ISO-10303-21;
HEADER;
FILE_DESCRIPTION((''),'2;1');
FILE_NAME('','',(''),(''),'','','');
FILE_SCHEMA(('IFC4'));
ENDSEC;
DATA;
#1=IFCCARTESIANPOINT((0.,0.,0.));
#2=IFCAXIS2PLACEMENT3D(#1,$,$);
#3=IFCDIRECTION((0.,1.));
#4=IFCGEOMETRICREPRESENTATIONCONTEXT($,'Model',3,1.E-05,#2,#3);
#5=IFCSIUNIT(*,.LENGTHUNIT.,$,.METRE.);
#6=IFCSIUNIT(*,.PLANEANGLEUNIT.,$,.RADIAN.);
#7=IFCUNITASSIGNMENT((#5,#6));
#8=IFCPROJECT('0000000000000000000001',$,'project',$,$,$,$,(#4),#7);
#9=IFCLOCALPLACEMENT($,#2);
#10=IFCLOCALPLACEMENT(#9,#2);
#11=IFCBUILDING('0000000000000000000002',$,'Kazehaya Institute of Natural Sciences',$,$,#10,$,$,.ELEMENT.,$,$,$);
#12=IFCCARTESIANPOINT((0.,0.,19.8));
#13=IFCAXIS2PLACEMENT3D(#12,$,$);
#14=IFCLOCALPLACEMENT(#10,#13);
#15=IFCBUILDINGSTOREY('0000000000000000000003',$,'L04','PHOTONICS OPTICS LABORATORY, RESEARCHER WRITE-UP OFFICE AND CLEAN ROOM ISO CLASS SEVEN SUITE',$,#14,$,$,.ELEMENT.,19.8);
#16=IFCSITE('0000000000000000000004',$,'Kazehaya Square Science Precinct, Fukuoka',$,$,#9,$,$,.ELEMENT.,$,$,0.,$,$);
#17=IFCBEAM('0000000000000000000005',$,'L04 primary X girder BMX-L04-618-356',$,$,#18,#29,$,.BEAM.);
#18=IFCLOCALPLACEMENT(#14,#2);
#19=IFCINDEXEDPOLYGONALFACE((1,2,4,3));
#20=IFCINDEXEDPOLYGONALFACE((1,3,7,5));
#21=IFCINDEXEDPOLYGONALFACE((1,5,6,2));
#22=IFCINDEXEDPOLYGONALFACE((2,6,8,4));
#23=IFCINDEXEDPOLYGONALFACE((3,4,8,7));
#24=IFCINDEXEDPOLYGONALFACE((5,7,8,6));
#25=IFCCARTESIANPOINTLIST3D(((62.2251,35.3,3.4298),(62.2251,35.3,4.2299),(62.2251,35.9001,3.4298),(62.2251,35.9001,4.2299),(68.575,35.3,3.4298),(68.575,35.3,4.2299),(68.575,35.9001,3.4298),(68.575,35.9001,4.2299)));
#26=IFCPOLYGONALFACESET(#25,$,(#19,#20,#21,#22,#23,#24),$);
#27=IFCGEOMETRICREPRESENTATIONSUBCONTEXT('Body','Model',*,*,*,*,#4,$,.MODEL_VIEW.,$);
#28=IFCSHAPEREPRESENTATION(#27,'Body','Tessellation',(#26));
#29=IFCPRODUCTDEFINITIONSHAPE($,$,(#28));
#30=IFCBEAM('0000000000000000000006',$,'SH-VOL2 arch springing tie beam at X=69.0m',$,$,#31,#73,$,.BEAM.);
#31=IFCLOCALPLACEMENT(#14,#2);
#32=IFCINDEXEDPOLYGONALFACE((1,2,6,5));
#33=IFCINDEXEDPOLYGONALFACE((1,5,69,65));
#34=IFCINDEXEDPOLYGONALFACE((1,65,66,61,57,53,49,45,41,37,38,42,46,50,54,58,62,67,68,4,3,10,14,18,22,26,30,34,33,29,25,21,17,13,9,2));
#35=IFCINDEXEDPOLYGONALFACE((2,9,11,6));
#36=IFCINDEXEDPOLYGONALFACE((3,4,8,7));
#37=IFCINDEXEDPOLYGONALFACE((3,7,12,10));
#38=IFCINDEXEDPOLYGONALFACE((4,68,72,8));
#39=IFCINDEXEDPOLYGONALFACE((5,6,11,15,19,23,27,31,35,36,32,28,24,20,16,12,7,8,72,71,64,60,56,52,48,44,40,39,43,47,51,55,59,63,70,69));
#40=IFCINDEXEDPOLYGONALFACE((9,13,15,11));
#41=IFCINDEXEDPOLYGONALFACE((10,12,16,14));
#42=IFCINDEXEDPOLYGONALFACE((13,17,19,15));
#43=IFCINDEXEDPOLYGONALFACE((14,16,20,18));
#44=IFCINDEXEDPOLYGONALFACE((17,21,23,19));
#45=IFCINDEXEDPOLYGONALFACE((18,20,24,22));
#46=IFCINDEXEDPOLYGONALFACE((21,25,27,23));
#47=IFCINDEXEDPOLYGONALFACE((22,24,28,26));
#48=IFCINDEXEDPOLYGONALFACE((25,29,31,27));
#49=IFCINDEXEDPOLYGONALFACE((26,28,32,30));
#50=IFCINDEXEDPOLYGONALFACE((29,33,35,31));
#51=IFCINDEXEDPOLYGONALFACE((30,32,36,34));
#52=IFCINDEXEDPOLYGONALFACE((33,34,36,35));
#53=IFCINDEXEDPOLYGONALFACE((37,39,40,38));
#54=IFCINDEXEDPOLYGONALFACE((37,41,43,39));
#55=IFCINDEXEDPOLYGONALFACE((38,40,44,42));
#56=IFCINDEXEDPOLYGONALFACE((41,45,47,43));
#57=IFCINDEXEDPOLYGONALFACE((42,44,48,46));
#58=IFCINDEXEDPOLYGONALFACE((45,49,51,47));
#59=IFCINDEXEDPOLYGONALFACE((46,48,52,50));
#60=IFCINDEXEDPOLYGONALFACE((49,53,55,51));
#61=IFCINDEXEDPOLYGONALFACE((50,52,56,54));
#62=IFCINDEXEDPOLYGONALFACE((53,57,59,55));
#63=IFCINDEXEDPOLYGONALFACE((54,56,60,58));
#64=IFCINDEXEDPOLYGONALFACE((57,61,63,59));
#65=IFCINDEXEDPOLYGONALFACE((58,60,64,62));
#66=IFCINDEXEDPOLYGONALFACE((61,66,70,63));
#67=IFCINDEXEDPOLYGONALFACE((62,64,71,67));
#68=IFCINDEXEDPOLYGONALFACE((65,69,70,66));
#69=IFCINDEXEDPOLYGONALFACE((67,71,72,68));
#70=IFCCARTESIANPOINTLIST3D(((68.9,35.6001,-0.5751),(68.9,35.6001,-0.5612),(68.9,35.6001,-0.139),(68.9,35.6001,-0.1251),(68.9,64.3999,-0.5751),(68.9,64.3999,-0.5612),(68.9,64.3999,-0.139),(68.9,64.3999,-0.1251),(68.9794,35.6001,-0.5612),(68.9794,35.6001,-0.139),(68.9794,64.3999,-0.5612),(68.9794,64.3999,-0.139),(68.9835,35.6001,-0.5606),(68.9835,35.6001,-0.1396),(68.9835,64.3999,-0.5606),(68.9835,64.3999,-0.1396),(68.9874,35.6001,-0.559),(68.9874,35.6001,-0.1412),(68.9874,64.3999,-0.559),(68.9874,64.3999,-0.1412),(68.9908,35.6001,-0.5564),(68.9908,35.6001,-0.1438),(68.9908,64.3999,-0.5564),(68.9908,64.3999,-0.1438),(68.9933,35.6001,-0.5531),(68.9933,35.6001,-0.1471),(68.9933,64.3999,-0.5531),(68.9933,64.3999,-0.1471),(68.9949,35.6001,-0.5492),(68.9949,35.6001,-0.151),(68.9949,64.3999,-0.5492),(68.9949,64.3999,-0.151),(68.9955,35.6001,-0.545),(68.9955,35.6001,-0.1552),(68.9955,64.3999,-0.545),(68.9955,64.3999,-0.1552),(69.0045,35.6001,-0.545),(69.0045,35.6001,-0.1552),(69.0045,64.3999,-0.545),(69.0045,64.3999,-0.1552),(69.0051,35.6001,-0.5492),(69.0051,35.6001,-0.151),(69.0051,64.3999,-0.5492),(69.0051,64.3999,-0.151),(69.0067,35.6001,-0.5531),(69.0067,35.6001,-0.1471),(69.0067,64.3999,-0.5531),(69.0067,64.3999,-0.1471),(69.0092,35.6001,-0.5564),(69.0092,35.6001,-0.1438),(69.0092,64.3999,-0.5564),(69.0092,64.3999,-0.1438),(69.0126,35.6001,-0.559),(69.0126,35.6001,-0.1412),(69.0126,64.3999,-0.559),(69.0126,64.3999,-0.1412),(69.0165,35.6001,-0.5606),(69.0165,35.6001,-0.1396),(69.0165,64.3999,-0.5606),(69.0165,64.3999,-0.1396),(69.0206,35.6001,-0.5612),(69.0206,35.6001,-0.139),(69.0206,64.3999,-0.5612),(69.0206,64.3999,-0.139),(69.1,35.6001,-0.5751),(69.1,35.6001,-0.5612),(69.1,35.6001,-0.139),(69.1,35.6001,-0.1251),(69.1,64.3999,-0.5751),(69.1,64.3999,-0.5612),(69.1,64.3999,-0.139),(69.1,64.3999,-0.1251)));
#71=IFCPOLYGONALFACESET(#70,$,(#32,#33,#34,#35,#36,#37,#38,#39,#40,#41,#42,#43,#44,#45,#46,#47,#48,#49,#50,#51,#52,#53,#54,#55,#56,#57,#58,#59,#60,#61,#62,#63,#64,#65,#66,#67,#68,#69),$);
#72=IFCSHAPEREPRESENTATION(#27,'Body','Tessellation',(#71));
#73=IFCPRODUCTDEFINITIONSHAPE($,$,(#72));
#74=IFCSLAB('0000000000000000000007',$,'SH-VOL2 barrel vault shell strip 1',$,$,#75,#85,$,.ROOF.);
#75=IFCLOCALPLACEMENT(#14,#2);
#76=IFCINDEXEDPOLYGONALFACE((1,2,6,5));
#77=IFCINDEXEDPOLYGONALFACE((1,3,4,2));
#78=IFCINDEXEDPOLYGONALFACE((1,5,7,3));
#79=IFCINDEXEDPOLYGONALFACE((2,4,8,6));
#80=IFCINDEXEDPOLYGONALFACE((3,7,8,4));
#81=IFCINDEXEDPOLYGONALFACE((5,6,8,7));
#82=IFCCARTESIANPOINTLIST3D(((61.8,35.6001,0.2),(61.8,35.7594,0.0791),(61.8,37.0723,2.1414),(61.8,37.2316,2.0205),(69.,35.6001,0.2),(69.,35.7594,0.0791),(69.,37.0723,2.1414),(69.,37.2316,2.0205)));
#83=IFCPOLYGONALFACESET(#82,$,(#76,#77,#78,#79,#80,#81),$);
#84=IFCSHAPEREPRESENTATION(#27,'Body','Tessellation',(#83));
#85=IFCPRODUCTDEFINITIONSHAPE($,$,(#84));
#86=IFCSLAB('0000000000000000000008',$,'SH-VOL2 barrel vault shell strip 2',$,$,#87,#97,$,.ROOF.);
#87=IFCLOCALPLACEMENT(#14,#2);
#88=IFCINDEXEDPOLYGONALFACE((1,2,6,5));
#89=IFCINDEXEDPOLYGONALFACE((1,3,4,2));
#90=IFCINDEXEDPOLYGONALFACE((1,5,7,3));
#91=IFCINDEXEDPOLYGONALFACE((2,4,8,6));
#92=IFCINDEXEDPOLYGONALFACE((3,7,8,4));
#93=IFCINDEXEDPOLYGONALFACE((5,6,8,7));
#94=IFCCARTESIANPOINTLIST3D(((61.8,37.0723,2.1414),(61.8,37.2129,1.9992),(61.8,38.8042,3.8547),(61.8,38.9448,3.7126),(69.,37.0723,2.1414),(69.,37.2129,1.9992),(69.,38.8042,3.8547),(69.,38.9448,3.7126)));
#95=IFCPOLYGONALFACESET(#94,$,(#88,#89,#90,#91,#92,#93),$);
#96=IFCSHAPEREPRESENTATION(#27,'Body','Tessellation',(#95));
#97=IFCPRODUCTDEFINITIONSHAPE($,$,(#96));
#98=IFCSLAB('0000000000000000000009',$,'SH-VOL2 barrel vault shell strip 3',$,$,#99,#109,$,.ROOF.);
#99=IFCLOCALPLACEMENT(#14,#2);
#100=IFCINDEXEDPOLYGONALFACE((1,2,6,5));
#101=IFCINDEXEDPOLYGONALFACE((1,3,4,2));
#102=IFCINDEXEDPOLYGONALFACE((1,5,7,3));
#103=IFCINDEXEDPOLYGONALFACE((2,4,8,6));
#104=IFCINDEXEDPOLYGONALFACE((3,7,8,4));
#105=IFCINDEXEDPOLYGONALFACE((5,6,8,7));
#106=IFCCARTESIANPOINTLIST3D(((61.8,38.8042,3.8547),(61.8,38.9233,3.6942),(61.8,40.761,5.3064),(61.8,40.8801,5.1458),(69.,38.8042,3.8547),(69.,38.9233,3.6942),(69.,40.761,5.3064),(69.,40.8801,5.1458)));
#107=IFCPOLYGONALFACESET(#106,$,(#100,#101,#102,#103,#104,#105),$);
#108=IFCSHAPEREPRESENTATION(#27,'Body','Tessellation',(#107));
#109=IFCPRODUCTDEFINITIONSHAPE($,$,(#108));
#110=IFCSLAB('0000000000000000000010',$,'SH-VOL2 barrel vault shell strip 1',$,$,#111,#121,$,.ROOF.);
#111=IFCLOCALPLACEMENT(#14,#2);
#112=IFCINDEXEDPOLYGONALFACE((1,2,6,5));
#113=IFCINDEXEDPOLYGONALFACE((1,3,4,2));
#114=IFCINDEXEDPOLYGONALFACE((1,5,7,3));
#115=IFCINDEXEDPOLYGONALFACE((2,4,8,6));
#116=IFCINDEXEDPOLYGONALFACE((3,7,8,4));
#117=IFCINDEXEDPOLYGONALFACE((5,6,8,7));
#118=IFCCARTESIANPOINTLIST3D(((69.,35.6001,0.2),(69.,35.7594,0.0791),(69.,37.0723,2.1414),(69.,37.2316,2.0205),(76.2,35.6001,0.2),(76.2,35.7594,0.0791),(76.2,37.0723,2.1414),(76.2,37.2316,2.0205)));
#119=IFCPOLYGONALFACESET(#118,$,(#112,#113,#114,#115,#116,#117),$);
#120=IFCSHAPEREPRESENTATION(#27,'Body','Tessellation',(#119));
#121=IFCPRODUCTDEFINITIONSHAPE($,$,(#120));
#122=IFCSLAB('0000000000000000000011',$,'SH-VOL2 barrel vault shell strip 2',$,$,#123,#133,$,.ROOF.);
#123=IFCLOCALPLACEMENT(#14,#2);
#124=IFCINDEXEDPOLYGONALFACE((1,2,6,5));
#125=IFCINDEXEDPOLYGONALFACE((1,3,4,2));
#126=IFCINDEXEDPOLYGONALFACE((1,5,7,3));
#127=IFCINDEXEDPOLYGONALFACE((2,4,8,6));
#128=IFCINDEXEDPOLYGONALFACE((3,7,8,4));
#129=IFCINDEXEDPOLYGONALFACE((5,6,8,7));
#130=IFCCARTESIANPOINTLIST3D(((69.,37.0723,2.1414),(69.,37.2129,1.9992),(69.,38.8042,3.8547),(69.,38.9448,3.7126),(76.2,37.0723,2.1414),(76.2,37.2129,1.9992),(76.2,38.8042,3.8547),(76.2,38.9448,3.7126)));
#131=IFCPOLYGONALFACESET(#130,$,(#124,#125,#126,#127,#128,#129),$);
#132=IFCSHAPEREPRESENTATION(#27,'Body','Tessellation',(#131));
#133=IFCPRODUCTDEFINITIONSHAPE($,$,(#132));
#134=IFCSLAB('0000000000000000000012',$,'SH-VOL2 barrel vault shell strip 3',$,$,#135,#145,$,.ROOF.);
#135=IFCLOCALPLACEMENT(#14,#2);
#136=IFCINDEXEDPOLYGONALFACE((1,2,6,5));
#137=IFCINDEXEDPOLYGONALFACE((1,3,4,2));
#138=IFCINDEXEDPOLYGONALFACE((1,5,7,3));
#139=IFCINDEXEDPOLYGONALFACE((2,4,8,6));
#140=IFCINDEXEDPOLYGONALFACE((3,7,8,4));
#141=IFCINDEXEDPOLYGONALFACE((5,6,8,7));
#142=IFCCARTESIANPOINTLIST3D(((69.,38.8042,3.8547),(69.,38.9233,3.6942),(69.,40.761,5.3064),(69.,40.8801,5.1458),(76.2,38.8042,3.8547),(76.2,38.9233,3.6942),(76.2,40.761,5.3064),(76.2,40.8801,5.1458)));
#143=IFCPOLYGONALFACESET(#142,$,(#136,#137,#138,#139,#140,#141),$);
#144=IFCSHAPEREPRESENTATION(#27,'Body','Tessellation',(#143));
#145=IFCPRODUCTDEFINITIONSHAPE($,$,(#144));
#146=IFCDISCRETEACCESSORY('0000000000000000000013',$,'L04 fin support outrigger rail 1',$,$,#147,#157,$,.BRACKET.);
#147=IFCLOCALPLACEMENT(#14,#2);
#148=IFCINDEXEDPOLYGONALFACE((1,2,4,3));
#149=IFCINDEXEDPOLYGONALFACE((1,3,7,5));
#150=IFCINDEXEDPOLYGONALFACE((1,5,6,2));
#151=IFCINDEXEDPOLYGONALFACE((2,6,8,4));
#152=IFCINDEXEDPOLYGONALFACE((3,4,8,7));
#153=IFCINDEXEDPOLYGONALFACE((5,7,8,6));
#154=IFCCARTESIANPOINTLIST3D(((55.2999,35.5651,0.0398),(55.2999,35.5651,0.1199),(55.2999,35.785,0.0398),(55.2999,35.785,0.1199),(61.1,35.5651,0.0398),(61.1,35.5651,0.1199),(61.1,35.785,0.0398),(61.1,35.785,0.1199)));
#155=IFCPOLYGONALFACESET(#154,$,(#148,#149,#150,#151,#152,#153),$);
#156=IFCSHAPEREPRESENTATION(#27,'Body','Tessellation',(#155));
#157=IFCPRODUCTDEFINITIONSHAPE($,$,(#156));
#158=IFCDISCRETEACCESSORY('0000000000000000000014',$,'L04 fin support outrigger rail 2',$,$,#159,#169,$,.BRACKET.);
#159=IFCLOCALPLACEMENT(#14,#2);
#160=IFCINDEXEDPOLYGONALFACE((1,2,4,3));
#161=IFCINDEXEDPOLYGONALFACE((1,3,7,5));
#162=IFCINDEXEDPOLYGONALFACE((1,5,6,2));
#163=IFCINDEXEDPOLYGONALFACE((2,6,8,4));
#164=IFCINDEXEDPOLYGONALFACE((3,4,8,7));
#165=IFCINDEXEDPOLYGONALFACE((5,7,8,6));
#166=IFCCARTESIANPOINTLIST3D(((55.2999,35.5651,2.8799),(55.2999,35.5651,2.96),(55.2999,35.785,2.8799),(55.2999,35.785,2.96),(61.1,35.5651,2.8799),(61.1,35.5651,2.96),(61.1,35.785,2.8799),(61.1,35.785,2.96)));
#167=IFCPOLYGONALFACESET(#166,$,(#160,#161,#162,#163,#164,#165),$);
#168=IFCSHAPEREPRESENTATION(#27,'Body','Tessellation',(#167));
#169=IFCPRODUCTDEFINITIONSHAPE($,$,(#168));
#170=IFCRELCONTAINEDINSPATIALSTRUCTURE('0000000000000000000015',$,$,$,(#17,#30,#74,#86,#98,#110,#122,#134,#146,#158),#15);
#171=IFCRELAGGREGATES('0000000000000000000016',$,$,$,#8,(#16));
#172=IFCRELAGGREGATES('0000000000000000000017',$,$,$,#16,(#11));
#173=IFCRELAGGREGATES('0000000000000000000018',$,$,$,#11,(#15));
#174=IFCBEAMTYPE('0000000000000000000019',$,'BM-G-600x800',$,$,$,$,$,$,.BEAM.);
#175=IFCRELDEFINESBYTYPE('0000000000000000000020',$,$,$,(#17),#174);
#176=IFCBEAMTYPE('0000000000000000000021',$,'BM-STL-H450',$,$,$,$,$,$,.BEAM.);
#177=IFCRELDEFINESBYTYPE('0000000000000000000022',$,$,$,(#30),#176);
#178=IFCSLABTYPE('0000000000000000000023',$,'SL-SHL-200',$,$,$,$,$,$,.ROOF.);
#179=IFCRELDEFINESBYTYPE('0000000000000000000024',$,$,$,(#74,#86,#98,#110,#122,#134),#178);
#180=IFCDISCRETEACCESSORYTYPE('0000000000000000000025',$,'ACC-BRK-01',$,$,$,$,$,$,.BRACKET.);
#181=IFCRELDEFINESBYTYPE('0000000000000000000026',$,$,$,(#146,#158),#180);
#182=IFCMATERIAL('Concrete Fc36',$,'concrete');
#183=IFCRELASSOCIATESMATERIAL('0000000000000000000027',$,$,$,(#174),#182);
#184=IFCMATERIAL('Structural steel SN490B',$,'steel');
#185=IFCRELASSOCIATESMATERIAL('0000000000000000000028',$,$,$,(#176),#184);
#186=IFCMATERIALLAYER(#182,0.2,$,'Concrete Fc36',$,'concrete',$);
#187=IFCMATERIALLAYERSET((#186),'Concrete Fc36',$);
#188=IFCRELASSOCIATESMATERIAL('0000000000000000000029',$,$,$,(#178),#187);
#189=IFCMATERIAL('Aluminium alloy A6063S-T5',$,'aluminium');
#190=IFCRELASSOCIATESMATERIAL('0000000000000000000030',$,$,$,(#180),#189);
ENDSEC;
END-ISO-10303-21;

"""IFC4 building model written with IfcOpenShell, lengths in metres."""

from ifc_helpers import new_model, si_unit, direction, frame, origin, origin_2d, place, context, subcontext, project, spatial, polyline, rectangle, i_section, outline, extrude, material, layer, layer_set, material_profile, profile_set, type_object, element, save


model = new_model("IFC4")

# Units and contexts
model_context = context("Model", 3, precision=1e-05, world=origin(), true_north=direction((0.0, 1.0)))
body_context = subcontext(model_context, "Body", "Model", "MODEL_VIEW")
ifc_project = project(units=[si_unit("LENGTHUNIT", "METRE"), si_unit("PLANEANGLEUNIT", "RADIAN")], contexts=[model_context])

# Site, building, storey
site_placement = place(None, origin())
site = spatial("IfcSite", under=ifc_project, at=site_placement, Name="Kazehaya Square Science Precinct, Fukuoka", CompositionType="ELEMENT", RefElevation=0.0)
building_placement = place(site_placement, origin())
building = spatial("IfcBuilding", under=site, at=building_placement, Name="Kazehaya Institute of Natural Sciences", CompositionType="ELEMENT")
storey_placement = place(building_placement, frame((0.0, 0.0, 19.8)))
storey = spatial("IfcBuildingStorey", under=building, at=storey_placement, Name="L04", Description="PHOTONICS OPTICS LABORATORY, RESEARCHER WRITE-UP OFFICE AND CLEAN ROOM ISO CLASS SEVEN SUITE", CompositionType="ELEMENT", Elevation=19.8)

# Beams
ifc_material_1 = material(Name="Concrete Fc36", Category="concrete")
ifc_material_profile_1 = material_profile(ifc_material_1, rectangle(XDim=0.6001, YDim=0.8, at=origin_2d()), Name="RC-600x800")
ifc_profile_set_1 = profile_set([ifc_material_profile_1], Name="Concrete Fc36")
beam_type_1 = type_object("IfcBeamType", Name="BM-G-600x800", PredefinedType="BEAM", material=ifc_profile_set_1)
beam_1_placement = place(storey_placement, frame((62.2251, 35.6001, 3.8298), z_axis=(1.0, 0.0, 0.0), x_axis=(0.0, 1.0, 0.0)))
element("IfcBeam", 1, at=beam_1_placement, inside=storey, type_object=beam_type_1, Name="L04 primary X girder BMX-L04-618-356", PredefinedType="BEAM", context=body_context, shape_type="SweptSolid", body=[
    extrude(rectangle(XDim=0.6001, YDim=0.8, at=origin_2d()), origin(), (0.0, 0.0, 1.0), 6.3499),
])
ifc_material_2 = material(Name="Structural steel SN490B", Category="steel")
ifc_material_profile_2 = material_profile(ifc_material_2, i_section(OverallWidth=0.2, OverallDepth=0.45, WebThickness=0.009, FlangeThickness=0.0139, FilletRadius=0.0161, at=origin_2d()), Name="H-450x200x9x14")
ifc_profile_set_2 = profile_set([ifc_material_profile_2], Name="Structural steel SN490B")
beam_type_2 = type_object("IfcBeamType", Name="BM-STL-H450", PredefinedType="BEAM", material=ifc_profile_set_2)
beam_2_placement = place(storey_placement, frame((69.0, 35.6001, -0.3501), z_axis=(0.0, 1.0, 0.0), x_axis=(-1.0, 0.0, 0.0)))
element("IfcBeam", 2, at=beam_2_placement, inside=storey, type_object=beam_type_2, Name="SH-VOL2 arch springing tie beam at X=69.0m", PredefinedType="BEAM", context=body_context, shape_type="SweptSolid", body=[
    extrude(i_section(OverallWidth=0.2, OverallDepth=0.45, WebThickness=0.009, FlangeThickness=0.0139, FilletRadius=0.0161, at=origin_2d()), origin(), (0.0, 0.0, 1.0), 28.7998),
])

# Slabs
ifc_layer = layer(ifc_material_1, 0.2, Name="Concrete Fc36", Category="concrete")
ifc_layer_set = layer_set([ifc_layer], Name="Concrete Fc36")
slab_type = type_object("IfcSlabType", Name="SL-SHL-200", PredefinedType="ROOF", material=ifc_layer_set)
slab_1_placement = place(storey_placement, frame((61.8, 35.6001, 0.2), z_axis=(0.0, -0.796814, 0.604224), x_axis=(1.0, 0.0, 0.0)))
element("IfcSlab", 3, at=slab_1_placement, inside=storey, type_object=slab_type, Name="SH-VOL2 barrel vault shell strip 1", PredefinedType="ROOF", context=body_context, shape_type="SweptSolid", body=[
    extrude(outline(polyline([(0.0, 0.0), (7.2, 0.0), (7.2, 2.4365), (0.0, 2.4365), (0.0, 0.0)])), origin(), (0.0, 0.0, -1.0), 0.2),
])
slab_2_placement = place(storey_placement, frame((61.8, 37.0723, 2.1414), z_axis=(0.0, -0.703288, 0.710905), x_axis=(1.0, 0.0, 0.0)))
element("IfcSlab", 4, at=slab_2_placement, inside=storey, type_object=slab_type, Name="SH-VOL2 barrel vault shell strip 2", PredefinedType="ROOF", context=body_context, shape_type="SweptSolid", body=[
    extrude(outline(polyline([(0.0, 0.0), (7.2, 0.0), (7.2, 2.4362), (0.0, 2.4362), (0.0, 0.0)])), origin(), (0.0, 0.0, -1.0), 0.2),
])
slab_3_placement = place(storey_placement, frame((61.8, 38.8042, 3.8547), z_axis=(0.0, -0.595807, 0.803127), x_axis=(1.0, 0.0, 0.0)))
element("IfcSlab", 5, at=slab_3_placement, inside=storey, type_object=slab_type, Name="SH-VOL2 barrel vault shell strip 3", PredefinedType="ROOF", context=body_context, shape_type="SweptSolid", body=[
    extrude(outline(polyline([(0.0, 0.0), (7.2, 0.0), (7.2, 2.4365), (0.0, 2.4365), (0.0, 0.0)])), origin(), (0.0, 0.0, -1.0), 0.2),
])
slab_4_placement = place(storey_placement, frame((69.0, 35.6001, 0.2), z_axis=(0.0, -0.796814, 0.604224), x_axis=(1.0, 0.0, 0.0)))
element("IfcSlab", 6, at=slab_4_placement, inside=storey, type_object=slab_type, Name="SH-VOL2 barrel vault shell strip 1", PredefinedType="ROOF", context=body_context, shape_type="SweptSolid", body=[
    extrude(outline(polyline([(0.0, 0.0), (7.2, 0.0), (7.2, 2.4365), (0.0, 2.4365), (0.0, 0.0)])), origin(), (0.0, 0.0, -1.0), 0.2),
])
slab_5_placement = place(storey_placement, frame((69.0, 37.0723, 2.1414), z_axis=(0.0, -0.703288, 0.710905), x_axis=(1.0, 0.0, 0.0)))
element("IfcSlab", 7, at=slab_5_placement, inside=storey, type_object=slab_type, Name="SH-VOL2 barrel vault shell strip 2", PredefinedType="ROOF", context=body_context, shape_type="SweptSolid", body=[
    extrude(outline(polyline([(0.0, 0.0), (7.2, 0.0), (7.2, 2.4362), (0.0, 2.4362), (0.0, 0.0)])), origin(), (0.0, 0.0, -1.0), 0.2),
])
slab_6_placement = place(storey_placement, frame((69.0, 38.8042, 3.8547), z_axis=(0.0, -0.595807, 0.803127), x_axis=(1.0, 0.0, 0.0)))
element("IfcSlab", 8, at=slab_6_placement, inside=storey, type_object=slab_type, Name="SH-VOL2 barrel vault shell strip 3", PredefinedType="ROOF", context=body_context, shape_type="SweptSolid", body=[
    extrude(outline(polyline([(0.0, 0.0), (7.2, 0.0), (7.2, 2.4365), (0.0, 2.4365), (0.0, 0.0)])), origin(), (0.0, 0.0, -1.0), 0.2),
])

# Discrete accessories
ifc_material_3 = material(Name="Aluminium alloy A6063S-T5", Category="aluminium")
discrete_accessory_type = type_object("IfcDiscreteAccessoryType", Name="ACC-BRK-01", PredefinedType="BRACKET", material=ifc_material_3)
for number, where, z_axis, x_axis, name in (
    (9, (58.2, 35.675, 0.0398), (0.0, 0.0, 1.0), (1.0, 0.0, 0.0), "L04 fin support outrigger rail 1"),
    (10, (58.2, 35.675, 2.8799), (0.0, 0.0, 1.0), (1.0, 0.0, 0.0), "L04 fin support outrigger rail 2"),
):
    element("IfcDiscreteAccessory", number, at=place(storey_placement, frame(where, z_axis=z_axis, x_axis=x_axis)), inside=storey, type_object=discrete_accessory_type, Name=name, PredefinedType="BRACKET", context=body_context, shape_type="SweptSolid", body=[
        extrude(rectangle(XDim=5.8, YDim=0.22, at=origin_2d()), origin(), (0.0, 0.0, 1.0), 0.0801),
    ])

save(model, "model.ifc")
